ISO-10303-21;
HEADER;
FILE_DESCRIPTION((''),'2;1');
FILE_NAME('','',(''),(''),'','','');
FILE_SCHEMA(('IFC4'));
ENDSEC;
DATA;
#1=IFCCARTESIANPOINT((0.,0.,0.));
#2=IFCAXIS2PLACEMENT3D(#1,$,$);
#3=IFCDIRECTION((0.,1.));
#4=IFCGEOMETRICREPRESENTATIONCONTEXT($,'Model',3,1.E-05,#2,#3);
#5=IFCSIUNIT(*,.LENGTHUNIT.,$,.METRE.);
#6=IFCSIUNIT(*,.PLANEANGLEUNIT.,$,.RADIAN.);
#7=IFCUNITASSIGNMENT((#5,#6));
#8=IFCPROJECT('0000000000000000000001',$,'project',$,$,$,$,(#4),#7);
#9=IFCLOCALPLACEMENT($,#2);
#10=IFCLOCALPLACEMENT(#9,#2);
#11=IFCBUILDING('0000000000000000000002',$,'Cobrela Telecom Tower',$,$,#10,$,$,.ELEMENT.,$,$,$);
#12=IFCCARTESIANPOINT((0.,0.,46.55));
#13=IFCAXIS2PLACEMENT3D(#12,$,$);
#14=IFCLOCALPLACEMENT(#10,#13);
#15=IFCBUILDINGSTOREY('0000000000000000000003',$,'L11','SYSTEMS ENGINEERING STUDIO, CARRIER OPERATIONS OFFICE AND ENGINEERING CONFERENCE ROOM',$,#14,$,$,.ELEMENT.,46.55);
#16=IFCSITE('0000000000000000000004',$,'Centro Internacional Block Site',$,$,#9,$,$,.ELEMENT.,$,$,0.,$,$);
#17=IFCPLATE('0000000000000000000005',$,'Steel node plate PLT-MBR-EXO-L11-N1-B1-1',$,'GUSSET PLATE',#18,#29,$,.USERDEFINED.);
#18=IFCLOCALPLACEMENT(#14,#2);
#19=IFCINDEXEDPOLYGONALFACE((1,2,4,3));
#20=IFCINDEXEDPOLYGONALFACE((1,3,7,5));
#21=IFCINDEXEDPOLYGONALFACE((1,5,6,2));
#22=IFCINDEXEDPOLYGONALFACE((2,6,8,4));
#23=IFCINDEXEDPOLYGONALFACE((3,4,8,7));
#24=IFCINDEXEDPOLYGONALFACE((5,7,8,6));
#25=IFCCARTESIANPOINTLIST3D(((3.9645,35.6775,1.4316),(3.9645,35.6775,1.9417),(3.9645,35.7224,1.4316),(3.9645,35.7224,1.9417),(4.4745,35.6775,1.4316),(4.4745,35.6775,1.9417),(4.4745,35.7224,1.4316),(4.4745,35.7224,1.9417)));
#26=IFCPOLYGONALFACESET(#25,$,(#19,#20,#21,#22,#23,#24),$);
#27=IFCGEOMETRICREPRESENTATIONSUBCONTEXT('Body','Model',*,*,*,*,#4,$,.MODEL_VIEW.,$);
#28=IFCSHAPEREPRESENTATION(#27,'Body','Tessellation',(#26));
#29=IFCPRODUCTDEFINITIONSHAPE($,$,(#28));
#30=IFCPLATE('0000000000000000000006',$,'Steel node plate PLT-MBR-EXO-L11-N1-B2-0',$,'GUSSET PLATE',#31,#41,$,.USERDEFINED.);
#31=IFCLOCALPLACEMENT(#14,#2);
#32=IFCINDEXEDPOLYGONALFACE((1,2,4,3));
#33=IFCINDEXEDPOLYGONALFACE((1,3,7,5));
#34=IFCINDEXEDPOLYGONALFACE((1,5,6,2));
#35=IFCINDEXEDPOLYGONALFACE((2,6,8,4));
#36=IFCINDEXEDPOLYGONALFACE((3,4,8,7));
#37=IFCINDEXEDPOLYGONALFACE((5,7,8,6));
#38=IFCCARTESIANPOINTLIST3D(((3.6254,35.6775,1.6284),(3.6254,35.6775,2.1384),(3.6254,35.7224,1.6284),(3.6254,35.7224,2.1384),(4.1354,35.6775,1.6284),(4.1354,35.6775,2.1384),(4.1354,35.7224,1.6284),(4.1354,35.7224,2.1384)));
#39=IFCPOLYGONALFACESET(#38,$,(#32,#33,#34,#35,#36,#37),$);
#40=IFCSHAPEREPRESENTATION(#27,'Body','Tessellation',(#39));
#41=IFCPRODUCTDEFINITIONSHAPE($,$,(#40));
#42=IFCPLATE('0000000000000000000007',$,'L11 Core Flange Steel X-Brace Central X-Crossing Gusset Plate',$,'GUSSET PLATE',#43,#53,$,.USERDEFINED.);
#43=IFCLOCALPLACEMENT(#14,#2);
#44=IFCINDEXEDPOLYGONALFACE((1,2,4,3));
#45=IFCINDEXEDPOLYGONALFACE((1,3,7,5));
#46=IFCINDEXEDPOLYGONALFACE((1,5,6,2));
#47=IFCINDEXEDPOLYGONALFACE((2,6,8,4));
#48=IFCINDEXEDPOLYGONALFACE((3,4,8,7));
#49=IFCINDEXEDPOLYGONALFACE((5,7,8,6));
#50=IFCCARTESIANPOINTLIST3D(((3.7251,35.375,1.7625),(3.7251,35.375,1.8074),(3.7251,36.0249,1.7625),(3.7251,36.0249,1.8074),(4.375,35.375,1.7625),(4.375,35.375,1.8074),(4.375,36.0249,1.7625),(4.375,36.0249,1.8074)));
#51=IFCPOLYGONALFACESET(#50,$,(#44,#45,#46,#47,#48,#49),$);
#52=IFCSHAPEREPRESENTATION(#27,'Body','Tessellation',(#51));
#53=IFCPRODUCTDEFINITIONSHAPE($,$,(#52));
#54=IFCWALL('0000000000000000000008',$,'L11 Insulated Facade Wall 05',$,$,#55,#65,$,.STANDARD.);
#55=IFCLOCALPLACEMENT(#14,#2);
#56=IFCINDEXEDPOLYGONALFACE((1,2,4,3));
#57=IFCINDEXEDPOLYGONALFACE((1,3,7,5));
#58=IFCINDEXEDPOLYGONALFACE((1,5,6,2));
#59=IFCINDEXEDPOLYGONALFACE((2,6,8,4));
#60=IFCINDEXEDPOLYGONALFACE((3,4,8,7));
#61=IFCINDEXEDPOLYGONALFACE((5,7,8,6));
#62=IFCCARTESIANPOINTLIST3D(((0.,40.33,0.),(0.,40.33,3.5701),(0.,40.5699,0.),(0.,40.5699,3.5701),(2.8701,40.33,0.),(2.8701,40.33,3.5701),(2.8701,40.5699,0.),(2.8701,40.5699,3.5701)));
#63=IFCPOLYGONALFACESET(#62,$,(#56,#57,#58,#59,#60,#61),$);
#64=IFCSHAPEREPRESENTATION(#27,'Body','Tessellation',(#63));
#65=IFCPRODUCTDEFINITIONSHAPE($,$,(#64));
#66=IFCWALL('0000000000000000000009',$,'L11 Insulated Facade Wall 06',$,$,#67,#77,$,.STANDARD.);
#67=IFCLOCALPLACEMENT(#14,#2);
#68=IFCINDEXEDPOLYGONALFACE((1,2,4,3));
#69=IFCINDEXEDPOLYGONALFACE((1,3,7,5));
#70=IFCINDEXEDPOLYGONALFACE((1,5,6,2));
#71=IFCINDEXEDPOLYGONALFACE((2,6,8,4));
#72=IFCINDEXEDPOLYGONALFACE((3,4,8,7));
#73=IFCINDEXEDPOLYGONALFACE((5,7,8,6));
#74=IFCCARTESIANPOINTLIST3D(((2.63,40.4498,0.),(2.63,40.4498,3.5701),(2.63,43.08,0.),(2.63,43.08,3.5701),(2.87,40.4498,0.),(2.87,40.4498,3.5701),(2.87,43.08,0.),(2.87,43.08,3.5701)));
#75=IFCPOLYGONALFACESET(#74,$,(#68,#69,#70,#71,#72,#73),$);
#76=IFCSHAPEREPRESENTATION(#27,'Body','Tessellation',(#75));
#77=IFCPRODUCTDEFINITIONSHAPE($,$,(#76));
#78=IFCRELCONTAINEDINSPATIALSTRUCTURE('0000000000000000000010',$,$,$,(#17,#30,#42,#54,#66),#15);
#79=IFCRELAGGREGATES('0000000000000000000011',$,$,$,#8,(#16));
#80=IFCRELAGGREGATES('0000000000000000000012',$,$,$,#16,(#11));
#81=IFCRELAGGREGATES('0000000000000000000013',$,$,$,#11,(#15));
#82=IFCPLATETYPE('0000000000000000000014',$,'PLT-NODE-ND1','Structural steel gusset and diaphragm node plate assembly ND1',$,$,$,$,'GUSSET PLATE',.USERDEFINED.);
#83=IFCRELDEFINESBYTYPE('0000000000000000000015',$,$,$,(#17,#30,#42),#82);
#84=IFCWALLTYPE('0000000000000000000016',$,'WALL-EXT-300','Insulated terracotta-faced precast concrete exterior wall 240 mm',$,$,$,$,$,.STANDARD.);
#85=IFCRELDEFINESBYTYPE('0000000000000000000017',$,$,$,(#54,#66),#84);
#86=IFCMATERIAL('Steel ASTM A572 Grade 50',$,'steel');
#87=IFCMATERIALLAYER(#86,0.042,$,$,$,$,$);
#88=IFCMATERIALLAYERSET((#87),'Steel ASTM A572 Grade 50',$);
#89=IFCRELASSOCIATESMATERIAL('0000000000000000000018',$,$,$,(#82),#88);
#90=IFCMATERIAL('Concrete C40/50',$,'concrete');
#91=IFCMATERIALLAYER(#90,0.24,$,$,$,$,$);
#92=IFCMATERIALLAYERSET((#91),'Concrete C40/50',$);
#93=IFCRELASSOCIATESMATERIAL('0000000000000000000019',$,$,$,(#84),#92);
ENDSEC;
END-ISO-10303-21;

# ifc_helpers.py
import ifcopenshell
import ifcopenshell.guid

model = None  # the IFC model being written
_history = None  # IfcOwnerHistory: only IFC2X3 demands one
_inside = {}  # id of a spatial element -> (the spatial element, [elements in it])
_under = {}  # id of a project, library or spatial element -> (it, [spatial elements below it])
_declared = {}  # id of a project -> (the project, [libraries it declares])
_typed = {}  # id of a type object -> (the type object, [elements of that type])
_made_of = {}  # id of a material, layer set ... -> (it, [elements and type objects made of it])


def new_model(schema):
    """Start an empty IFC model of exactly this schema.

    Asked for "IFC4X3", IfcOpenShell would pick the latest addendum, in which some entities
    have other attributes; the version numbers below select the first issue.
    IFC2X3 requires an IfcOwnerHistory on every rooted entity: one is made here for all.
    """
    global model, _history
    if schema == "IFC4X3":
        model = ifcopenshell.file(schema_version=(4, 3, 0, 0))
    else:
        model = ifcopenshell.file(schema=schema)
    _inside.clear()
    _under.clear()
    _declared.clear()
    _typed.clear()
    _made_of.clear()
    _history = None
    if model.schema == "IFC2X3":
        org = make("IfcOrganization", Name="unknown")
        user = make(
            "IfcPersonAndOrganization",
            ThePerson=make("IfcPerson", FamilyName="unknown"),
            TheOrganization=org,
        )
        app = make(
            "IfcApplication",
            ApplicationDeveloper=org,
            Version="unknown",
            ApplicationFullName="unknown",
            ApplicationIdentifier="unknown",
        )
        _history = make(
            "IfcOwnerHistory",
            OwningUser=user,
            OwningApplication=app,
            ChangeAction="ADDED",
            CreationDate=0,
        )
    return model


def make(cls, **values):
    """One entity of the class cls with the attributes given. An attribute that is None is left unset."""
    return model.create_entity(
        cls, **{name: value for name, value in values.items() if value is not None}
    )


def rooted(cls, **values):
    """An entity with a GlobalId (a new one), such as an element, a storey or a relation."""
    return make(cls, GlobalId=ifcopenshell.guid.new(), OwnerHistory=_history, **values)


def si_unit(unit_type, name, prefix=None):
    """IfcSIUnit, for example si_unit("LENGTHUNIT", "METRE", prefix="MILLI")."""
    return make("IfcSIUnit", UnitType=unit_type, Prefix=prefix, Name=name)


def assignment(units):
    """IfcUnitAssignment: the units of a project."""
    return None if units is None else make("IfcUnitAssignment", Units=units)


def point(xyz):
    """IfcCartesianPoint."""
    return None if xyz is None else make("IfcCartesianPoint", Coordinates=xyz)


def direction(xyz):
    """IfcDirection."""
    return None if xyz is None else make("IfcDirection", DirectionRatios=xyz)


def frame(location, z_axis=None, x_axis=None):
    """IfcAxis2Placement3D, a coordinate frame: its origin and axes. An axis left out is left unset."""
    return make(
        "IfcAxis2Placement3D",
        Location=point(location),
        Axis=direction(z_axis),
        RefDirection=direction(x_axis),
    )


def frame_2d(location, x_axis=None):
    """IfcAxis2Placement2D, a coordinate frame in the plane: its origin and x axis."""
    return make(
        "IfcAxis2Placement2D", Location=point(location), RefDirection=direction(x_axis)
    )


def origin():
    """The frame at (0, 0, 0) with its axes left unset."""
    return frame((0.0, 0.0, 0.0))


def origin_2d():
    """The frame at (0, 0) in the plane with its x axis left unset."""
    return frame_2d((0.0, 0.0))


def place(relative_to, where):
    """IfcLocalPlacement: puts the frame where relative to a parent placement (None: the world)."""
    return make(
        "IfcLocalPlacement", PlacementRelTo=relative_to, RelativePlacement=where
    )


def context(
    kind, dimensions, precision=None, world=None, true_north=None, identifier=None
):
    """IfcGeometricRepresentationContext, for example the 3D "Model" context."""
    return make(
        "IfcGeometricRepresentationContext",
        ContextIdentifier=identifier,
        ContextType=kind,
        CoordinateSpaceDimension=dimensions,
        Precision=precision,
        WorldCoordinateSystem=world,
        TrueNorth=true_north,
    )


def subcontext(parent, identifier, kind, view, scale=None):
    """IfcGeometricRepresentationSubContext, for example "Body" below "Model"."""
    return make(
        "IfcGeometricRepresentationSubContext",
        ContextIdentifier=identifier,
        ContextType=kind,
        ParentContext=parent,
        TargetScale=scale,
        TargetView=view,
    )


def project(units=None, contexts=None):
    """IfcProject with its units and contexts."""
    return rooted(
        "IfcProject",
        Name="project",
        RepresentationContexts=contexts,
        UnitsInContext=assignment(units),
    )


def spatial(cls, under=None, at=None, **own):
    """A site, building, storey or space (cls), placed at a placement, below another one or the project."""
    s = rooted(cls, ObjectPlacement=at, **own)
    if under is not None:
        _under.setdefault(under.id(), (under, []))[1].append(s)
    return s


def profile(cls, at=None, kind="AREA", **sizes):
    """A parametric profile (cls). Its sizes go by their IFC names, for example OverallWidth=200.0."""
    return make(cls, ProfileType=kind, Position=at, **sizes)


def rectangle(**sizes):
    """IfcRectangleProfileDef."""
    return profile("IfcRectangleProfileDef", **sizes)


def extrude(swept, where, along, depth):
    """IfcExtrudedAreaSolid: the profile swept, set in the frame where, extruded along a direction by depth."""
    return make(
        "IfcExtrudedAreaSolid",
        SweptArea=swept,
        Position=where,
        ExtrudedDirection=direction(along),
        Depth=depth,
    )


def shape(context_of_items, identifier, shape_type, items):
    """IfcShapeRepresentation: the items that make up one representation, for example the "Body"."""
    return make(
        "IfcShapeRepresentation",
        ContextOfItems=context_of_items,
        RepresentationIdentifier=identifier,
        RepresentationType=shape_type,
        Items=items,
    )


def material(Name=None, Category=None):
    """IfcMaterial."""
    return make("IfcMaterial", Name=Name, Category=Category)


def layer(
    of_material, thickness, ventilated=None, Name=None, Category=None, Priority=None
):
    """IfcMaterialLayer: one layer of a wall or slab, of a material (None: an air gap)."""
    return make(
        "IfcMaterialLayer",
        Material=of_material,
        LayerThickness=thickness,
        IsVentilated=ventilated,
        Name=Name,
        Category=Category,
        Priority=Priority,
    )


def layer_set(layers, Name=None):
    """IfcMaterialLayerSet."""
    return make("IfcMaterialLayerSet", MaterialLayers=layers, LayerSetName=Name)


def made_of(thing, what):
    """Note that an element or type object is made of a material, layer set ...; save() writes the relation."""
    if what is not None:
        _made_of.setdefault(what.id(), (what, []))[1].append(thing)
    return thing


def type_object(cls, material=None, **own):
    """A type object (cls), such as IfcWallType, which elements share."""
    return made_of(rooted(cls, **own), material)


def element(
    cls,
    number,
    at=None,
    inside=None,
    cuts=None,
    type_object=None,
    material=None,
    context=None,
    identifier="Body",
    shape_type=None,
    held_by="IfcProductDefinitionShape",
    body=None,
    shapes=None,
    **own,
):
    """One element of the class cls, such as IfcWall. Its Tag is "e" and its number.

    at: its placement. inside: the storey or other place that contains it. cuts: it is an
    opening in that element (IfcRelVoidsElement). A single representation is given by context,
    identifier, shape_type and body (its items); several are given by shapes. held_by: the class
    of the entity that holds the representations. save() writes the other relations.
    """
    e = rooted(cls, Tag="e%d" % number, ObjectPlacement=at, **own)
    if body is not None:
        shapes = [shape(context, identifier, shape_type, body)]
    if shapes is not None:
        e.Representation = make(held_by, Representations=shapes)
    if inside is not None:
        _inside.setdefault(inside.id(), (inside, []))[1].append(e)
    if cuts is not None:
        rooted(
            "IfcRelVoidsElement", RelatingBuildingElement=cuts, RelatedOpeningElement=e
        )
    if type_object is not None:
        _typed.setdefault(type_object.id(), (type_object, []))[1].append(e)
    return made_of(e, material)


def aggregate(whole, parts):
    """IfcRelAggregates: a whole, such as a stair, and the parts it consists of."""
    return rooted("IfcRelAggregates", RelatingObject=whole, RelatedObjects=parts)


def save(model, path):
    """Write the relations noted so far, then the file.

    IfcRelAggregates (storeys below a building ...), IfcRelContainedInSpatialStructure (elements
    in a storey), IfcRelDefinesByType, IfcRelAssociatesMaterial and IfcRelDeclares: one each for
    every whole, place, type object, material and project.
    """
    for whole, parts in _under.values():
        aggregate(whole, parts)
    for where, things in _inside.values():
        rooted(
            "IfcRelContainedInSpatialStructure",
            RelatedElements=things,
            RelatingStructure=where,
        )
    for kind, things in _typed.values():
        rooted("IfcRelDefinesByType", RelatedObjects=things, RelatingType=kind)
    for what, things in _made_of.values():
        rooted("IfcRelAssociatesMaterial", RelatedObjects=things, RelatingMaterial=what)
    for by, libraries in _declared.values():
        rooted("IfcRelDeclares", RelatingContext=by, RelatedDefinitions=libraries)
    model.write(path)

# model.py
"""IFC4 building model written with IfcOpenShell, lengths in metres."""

from ifc_helpers import new_model, si_unit, direction, frame, frame_2d, origin, origin_2d, place, context, subcontext, project, spatial, rectangle, extrude, material, layer, layer_set, type_object, element, save


model = new_model("IFC4")

# Units and contexts
model_context = context("Model", 3, precision=1e-05, world=origin(), true_north=direction((0.0, 1.0)))
body_context = subcontext(model_context, "Body", "Model", "MODEL_VIEW")
ifc_project = project(units=[si_unit("LENGTHUNIT", "METRE"), si_unit("PLANEANGLEUNIT", "RADIAN")], contexts=[model_context])

# Site, building, storey
site_placement = place(None, origin())
site = spatial("IfcSite", under=ifc_project, at=site_placement, Name="Centro Internacional Block Site", CompositionType="ELEMENT", RefElevation=0.0)
building_placement = place(site_placement, origin())
building = spatial("IfcBuilding", under=site, at=building_placement, Name="Cobrela Telecom Tower", CompositionType="ELEMENT")
storey_placement = place(building_placement, frame((0.0, 0.0, 46.55)))
storey = spatial("IfcBuildingStorey", under=building, at=storey_placement, Name="L11", Description="SYSTEMS ENGINEERING STUDIO, CARRIER OPERATIONS OFFICE AND ENGINEERING CONFERENCE ROOM", CompositionType="ELEMENT", Elevation=46.55)

# Shared definitions
ifc_material_1 = material(Name="Steel ASTM A572 Grade 50", Category="steel")

# Plates
ifc_layer_1 = layer(ifc_material_1, 0.042)
ifc_layer_set_1 = layer_set([ifc_layer_1], Name="Steel ASTM A572 Grade 50")
plate_type_1 = type_object("IfcPlateType", Name="PLT-NODE-ND1", Description="Structural steel gusset and diaphragm node plate assembly ND1", ElementType="GUSSET PLATE", PredefinedType="USERDEFINED", material=ifc_layer_set_1)
for number, where, z_axis, x_axis, name in (
    (1, (4.2195, 35.7, 1.4316), (0.0, 0.0, 1.0), (-1.0, 0.0, 0.0), "Steel node plate PLT-MBR-EXO-L11-N1-B1-1"),
    (2, (3.8804, 35.7, 1.6284), (0.0, 0.0, 1.0), (-1.0, 0.0, 0.0), "Steel node plate PLT-MBR-EXO-L11-N1-B2-0"),
):
    element("IfcPlate", number, at=place(storey_placement, frame(where, z_axis=z_axis, x_axis=x_axis)), inside=storey, type_object=plate_type_1, Name=name, ObjectType="GUSSET PLATE", PredefinedType="USERDEFINED", context=body_context, shape_type="SweptSolid", body=[
        extrude(rectangle(XDim=0.51, YDim=0.0449, at=origin_2d()), origin(), (0.0, 0.0, 1.0), 0.51),
    ])
plate_1_placement = place(storey_placement, frame((4.05, 35.7, 1.7625), z_axis=(0.0, 0.0, 1.0), x_axis=(1.0, 0.0, 0.0)))
element("IfcPlate", 3, at=plate_1_placement, inside=storey, type_object=plate_type_1, Name="L11 Core Flange Steel X-Brace Central X-Crossing Gusset Plate", ObjectType="GUSSET PLATE", PredefinedType="USERDEFINED", context=body_context, shape_type="SweptSolid", body=[
    extrude(rectangle(XDim=0.6499, YDim=0.6499, at=origin_2d()), origin(), (0.0, 0.0, 1.0), 0.0449),
])

# Walls
ifc_material_2 = material(Name="Concrete C40/50", Category="concrete")
ifc_layer_2 = layer(ifc_material_2, 0.24)
ifc_layer_set_2 = layer_set([ifc_layer_2], Name="Concrete C40/50")
wall_type = type_object("IfcWallType", Name="WALL-EXT-300", Description="Insulated terracotta-faced precast concrete exterior wall 240 mm", PredefinedType="STANDARD", material=ifc_layer_set_2)
wall_1_placement = place(storey_placement, frame((0.0, 40.45, 0.0), z_axis=(0.0, 0.0, 1.0), x_axis=(1.0, 0.0, 0.0)))
element("IfcWall", 4, at=wall_1_placement, inside=storey, type_object=wall_type, Name="L11 Insulated Facade Wall 05", PredefinedType="STANDARD", context=body_context, shape_type="SweptSolid", body=[
    extrude(rectangle(XDim=2.8701, YDim=0.24, at=frame_2d((1.4351, 0.0))), origin(), (0.0, 0.0, 1.0), 3.5701),
])
wall_2_placement = place(storey_placement, frame((2.75, 40.45, 0.0), z_axis=(0.0, 0.0, 1.0), x_axis=(0.0, 1.0, 0.0)))
element("IfcWall", 5, at=wall_2_placement, inside=storey, type_object=wall_type, Name="L11 Insulated Facade Wall 06", PredefinedType="STANDARD", context=body_context, shape_type="SweptSolid", body=[
    extrude(rectangle(XDim=2.6301, YDim=0.24, at=frame_2d((1.3149, 0.0))), origin(), (0.0, 0.0, 1.0), 3.5701),
])

save(model, "model.ifc")
